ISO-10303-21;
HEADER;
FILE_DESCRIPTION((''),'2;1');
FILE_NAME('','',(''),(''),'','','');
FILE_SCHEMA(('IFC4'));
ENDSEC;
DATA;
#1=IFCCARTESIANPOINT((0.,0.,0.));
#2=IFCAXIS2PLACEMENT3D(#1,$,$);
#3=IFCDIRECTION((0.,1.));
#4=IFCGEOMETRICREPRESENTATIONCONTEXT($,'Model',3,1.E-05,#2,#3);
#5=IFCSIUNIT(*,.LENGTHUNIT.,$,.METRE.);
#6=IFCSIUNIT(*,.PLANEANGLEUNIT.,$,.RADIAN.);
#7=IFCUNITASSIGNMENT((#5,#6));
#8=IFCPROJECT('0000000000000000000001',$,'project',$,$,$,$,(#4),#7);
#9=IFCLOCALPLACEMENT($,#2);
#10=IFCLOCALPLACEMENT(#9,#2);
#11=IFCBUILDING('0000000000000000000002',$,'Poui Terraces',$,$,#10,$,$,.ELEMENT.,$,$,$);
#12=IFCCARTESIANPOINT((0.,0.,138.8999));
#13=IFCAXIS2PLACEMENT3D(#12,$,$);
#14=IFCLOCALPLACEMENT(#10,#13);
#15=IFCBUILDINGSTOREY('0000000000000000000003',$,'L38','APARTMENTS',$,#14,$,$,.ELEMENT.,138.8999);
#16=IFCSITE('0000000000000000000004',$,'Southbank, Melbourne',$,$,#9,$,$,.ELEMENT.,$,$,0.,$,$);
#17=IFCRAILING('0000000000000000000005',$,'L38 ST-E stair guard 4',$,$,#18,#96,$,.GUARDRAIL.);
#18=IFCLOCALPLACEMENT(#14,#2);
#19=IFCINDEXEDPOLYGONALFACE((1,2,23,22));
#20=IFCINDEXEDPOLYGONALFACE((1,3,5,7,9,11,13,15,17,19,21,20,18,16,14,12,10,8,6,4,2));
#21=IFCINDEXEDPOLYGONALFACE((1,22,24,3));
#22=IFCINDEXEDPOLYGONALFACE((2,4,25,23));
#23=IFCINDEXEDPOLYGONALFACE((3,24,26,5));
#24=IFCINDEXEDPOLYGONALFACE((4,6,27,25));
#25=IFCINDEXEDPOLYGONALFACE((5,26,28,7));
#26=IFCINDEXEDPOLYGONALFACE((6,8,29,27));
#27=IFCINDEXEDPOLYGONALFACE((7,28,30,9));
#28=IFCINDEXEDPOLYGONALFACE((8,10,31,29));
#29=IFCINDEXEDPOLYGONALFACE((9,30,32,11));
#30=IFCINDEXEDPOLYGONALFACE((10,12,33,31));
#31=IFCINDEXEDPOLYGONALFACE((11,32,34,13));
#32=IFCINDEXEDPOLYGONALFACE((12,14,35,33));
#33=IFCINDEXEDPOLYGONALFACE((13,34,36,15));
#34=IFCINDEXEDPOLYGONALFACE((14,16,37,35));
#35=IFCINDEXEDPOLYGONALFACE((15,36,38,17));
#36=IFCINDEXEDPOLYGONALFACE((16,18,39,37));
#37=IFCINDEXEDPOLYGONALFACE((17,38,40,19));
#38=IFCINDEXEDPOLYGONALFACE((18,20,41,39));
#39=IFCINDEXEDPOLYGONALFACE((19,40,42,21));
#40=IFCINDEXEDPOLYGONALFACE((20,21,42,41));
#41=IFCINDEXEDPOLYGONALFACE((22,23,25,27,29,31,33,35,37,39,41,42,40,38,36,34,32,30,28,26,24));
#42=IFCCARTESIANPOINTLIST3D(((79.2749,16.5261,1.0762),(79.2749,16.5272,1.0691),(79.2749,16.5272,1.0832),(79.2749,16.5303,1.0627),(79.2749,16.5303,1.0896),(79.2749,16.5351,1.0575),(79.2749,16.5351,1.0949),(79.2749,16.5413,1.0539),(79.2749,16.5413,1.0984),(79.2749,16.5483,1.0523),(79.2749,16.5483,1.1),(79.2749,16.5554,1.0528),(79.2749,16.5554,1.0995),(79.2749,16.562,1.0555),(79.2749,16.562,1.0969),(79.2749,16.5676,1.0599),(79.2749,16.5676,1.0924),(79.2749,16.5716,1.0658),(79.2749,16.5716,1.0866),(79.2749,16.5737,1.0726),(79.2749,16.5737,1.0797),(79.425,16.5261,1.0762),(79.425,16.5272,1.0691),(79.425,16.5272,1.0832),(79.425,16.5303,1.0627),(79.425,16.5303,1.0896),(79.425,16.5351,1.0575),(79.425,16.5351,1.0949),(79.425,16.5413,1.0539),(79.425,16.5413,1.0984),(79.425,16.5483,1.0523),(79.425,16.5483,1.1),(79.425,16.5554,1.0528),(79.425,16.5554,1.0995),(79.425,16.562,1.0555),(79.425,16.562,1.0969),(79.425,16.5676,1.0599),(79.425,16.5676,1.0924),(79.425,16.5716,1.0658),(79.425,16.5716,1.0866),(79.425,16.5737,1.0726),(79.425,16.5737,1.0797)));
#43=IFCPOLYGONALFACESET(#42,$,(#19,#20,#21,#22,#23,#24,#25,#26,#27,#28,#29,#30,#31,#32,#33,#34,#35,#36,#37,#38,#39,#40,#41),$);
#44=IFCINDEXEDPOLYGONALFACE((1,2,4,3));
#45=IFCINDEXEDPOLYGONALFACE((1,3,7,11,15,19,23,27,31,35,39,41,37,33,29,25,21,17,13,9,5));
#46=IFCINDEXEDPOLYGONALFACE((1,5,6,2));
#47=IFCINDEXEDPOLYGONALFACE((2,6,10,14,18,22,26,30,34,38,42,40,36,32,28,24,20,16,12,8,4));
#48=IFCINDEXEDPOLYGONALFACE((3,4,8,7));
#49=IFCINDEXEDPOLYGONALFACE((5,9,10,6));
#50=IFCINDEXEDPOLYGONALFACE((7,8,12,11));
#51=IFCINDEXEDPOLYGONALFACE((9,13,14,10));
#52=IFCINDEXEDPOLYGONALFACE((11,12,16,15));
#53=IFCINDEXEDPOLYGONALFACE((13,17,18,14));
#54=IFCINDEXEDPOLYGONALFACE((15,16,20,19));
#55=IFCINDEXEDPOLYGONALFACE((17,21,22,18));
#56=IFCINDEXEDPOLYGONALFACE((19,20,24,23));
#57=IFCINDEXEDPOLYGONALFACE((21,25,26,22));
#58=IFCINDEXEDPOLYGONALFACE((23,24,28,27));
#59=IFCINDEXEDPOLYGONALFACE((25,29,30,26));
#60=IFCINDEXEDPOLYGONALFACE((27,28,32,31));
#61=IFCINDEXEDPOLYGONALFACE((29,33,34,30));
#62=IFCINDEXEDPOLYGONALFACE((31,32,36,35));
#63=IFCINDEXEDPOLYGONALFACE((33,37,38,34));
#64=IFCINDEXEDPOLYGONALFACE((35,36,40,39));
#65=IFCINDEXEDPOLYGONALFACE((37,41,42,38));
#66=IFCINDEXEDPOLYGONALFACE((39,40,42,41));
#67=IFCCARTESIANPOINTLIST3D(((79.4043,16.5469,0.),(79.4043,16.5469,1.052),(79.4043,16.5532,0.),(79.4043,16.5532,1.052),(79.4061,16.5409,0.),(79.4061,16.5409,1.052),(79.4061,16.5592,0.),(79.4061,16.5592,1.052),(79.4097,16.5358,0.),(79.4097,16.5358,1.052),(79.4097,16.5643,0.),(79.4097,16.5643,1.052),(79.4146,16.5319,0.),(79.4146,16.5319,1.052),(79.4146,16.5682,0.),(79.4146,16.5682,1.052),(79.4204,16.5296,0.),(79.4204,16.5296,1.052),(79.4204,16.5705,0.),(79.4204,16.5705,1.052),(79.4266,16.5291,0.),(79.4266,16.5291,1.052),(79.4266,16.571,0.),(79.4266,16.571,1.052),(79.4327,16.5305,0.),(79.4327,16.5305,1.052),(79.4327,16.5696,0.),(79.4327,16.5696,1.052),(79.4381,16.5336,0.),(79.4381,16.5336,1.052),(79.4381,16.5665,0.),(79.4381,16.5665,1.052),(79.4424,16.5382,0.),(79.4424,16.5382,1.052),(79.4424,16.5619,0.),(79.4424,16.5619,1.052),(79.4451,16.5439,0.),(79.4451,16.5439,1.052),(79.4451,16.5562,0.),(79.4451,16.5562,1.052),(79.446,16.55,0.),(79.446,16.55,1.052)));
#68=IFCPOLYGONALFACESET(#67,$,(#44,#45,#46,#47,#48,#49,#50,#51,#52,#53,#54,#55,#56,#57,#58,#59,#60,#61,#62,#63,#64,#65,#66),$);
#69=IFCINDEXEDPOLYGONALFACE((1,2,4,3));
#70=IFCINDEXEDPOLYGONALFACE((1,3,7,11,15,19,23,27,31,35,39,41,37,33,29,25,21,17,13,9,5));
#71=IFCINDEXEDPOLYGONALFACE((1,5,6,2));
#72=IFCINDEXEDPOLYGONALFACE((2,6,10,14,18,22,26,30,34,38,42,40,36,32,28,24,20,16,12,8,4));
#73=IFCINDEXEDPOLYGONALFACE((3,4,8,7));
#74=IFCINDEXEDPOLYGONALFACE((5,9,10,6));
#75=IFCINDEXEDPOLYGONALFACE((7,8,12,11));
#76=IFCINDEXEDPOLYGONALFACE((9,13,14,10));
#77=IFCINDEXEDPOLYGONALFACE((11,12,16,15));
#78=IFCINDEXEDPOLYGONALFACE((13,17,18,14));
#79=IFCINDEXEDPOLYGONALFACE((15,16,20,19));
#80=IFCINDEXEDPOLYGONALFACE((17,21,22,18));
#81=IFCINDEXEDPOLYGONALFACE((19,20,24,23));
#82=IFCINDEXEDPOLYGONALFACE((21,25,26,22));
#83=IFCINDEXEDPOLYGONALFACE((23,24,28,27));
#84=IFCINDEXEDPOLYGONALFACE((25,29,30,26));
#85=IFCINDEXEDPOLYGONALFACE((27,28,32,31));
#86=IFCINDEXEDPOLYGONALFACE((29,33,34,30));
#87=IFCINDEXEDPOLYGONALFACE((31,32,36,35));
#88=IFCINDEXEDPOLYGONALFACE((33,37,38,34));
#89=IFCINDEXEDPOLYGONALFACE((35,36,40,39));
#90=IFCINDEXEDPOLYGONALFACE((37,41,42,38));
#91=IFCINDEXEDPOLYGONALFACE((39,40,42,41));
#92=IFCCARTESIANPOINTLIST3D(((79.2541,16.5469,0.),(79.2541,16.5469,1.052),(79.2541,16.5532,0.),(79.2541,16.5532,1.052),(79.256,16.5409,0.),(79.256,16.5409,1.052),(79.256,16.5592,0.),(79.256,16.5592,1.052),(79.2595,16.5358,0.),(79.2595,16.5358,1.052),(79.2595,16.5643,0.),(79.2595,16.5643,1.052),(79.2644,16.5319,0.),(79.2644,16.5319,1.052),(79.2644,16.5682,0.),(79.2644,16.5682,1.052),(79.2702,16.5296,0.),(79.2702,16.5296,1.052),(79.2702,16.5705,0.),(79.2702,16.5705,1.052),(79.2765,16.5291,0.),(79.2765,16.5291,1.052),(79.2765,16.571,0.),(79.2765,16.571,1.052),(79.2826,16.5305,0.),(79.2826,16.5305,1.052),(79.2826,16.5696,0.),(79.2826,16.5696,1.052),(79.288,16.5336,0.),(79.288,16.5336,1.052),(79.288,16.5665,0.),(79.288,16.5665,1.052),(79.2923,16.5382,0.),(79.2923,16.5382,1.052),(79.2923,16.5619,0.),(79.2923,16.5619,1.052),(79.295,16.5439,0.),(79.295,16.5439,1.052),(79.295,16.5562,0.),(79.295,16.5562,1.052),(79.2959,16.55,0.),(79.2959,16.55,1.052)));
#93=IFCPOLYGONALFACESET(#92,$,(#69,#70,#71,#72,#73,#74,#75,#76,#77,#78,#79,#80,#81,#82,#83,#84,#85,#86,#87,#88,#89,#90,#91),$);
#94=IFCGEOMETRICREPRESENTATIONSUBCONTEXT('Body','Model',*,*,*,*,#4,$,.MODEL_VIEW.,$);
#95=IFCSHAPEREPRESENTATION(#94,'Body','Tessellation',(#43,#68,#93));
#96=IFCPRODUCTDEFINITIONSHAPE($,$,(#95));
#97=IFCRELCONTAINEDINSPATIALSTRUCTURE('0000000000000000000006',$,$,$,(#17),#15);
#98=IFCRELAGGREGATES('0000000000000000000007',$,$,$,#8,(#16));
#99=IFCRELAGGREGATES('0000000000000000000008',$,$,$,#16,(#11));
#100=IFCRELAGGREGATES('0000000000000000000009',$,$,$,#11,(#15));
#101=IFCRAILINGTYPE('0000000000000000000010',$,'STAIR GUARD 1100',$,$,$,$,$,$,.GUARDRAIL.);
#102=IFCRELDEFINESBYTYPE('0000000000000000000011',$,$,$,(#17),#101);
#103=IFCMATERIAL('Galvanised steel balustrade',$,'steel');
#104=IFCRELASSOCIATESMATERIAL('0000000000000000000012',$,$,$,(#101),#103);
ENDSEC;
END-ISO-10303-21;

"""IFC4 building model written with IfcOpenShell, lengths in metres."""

from ifc_helpers import new_model, si_unit, direction, frame, origin, origin_2d, place, context, subcontext, project, spatial, circle, extrude, material, type_object, element, save


model = new_model("IFC4")

# Units and contexts
model_context = context("Model", 3, precision=1e-05, world=origin(), true_north=direction((0.0, 1.0)))
body_context = subcontext(model_context, "Body", "Model", "MODEL_VIEW")
ifc_project = project(units=[si_unit("LENGTHUNIT", "METRE"), si_unit("PLANEANGLEUNIT", "RADIAN")], contexts=[model_context])

# Site, building, storey
site_placement = place(None, origin())
site = spatial("IfcSite", under=ifc_project, at=site_placement, Name="Southbank, Melbourne", CompositionType="ELEMENT", RefElevation=0.0)
building_placement = place(site_placement, origin())
building = spatial("IfcBuilding", under=site, at=building_placement, Name="Poui Terraces", CompositionType="ELEMENT")
storey_placement = place(building_placement, frame((0.0, 0.0, 138.8999)))
storey = spatial("IfcBuildingStorey", under=building, at=storey_placement, Name="L38", Description="APARTMENTS", CompositionType="ELEMENT", Elevation=138.8999)

# Railing
ifc_material_1 = material(Name="Galvanised steel balustrade", Category="steel")
railing_type_1 = type_object("IfcRailingType", Name="STAIR GUARD 1100", PredefinedType="GUARDRAIL", material=ifc_material_1)
railing_1_placement = place(storey_placement, frame((79.425, 16.55, 0.0)))
element("IfcRailing", 1, at=railing_1_placement, inside=storey, type_object=railing_type_1, Name="L38 ST-E stair guard 4", PredefinedType="GUARDRAIL", context=body_context, shape_type="SweptSolid", body=[
    extrude(circle(Radius=0.0239, at=origin_2d()), frame((0.0, 0.0, 1.0762), z_axis=(-1.0, 0.0, 0.0), x_axis=(0.0, -1.0, 0.0)), (0.0, 0.0, 1.0), 0.1501),
    extrude(circle(Radius=0.021, at=origin_2d()), origin(), (0.0, 0.0, 1.0), 1.052),
    extrude(circle(Radius=0.021, at=origin_2d()), frame((-0.1501, 0.0, 0.0)), (0.0, 0.0, 1.0), 1.052),
])

save(model, "model.ifc")
